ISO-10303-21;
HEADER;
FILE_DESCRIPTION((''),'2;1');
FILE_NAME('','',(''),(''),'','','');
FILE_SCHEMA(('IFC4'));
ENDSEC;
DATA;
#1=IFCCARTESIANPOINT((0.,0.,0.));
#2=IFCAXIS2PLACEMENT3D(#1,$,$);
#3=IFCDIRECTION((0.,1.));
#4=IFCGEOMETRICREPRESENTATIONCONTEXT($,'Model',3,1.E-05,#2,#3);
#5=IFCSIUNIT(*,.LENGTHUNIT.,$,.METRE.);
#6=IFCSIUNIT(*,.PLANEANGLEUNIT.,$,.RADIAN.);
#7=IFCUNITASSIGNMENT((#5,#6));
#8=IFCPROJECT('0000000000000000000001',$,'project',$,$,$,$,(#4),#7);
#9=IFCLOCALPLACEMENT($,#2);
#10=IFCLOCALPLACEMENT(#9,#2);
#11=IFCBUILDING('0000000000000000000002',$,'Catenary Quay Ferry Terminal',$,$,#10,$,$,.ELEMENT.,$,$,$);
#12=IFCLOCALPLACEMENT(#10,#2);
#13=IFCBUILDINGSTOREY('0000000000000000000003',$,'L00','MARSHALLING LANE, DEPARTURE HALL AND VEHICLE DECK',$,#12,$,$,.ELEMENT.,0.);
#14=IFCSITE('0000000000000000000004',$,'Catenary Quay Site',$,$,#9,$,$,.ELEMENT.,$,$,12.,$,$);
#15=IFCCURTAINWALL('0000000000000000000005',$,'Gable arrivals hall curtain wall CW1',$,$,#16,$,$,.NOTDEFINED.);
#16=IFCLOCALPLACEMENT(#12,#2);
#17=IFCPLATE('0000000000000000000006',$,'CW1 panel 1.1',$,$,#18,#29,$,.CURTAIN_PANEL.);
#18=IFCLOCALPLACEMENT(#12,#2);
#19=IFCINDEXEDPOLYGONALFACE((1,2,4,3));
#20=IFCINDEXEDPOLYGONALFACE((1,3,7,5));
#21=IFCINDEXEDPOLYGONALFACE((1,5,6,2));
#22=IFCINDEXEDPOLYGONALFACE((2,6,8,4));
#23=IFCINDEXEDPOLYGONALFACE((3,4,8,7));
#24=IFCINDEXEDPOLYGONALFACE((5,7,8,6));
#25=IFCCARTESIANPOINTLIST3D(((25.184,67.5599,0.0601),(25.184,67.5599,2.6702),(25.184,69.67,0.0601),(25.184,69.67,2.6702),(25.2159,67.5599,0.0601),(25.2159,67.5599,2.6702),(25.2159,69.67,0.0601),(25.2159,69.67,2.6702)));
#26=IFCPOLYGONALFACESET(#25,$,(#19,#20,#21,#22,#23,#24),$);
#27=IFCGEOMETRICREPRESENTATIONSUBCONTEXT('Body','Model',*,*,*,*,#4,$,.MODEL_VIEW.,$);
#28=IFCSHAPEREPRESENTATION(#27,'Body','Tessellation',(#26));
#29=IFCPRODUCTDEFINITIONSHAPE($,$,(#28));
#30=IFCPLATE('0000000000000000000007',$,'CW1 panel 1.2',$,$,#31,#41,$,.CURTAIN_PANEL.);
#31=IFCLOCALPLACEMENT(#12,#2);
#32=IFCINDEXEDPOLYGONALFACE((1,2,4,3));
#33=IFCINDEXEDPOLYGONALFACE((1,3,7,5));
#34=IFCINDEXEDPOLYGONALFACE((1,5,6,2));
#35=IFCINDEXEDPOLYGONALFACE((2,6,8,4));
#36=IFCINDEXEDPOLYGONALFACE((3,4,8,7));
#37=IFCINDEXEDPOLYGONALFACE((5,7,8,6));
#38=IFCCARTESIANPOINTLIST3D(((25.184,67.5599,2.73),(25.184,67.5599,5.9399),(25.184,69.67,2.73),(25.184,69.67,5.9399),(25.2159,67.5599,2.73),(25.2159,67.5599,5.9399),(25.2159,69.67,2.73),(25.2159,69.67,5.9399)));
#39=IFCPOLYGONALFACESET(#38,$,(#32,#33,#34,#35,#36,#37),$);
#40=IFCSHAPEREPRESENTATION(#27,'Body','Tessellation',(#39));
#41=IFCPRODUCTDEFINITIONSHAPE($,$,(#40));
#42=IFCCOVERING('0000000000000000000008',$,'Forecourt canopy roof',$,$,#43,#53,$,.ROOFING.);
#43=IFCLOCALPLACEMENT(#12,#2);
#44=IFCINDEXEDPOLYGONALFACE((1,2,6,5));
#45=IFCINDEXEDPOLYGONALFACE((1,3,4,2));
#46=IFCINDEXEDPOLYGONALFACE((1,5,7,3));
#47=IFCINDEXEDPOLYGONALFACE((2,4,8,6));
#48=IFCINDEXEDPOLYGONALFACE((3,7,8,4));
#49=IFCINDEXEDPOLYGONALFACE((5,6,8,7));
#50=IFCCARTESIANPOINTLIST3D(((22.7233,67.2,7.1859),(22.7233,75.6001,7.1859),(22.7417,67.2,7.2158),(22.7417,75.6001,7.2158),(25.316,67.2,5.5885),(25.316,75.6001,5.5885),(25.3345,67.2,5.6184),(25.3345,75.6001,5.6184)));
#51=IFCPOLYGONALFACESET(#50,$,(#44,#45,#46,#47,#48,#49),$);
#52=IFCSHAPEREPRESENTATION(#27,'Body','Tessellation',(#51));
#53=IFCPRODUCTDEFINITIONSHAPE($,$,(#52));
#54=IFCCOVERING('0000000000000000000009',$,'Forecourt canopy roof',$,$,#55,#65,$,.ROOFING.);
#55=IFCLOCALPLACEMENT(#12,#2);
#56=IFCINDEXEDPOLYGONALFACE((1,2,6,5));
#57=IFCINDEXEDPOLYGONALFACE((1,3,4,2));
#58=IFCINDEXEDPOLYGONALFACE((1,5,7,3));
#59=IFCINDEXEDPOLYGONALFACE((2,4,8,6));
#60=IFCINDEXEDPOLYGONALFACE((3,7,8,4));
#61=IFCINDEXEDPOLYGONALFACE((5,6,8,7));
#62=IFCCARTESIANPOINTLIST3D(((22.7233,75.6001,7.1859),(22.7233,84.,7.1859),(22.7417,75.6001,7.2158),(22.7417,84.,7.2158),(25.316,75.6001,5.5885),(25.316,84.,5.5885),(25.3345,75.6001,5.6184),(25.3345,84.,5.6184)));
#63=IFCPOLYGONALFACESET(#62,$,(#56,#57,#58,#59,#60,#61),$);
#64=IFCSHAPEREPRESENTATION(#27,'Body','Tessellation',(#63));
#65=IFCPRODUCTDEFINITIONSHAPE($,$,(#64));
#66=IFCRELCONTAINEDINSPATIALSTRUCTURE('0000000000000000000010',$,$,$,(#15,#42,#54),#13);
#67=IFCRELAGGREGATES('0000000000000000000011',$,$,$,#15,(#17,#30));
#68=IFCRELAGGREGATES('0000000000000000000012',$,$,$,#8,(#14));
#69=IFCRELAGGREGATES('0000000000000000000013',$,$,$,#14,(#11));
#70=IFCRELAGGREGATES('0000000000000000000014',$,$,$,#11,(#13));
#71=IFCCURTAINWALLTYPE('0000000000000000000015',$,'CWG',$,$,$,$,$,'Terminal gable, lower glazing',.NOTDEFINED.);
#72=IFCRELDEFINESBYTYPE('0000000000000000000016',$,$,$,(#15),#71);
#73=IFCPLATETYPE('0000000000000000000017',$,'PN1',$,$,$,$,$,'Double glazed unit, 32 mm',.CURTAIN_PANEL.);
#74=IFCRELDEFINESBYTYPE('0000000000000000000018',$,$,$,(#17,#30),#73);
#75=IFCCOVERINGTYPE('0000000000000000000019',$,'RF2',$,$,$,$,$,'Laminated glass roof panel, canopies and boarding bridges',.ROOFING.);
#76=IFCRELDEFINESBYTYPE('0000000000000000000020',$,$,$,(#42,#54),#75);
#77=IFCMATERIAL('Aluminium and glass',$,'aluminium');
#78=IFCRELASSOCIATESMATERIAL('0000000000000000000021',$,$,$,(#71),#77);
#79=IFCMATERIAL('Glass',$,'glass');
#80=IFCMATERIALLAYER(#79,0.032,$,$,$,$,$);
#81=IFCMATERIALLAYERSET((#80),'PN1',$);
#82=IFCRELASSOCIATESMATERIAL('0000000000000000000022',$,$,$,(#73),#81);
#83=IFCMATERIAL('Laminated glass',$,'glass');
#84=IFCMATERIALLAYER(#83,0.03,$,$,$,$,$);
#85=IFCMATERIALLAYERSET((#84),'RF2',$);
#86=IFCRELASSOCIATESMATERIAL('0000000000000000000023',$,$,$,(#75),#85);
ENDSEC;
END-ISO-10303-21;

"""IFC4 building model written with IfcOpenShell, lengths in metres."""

from ifc_helpers import new_model, si_unit, direction, frame, origin, origin_2d, place, context, subcontext, project, spatial, polyline, rectangle, outline, extrude, material, layer, layer_set, type_object, element, aggregate, save


model = new_model("IFC4")

# Units and contexts
model_context = context("Model", 3, precision=1e-05, world=origin(), true_north=direction((0.0, 1.0)))
body_context = subcontext(model_context, "Body", "Model", "MODEL_VIEW")
ifc_project = project(units=[si_unit("LENGTHUNIT", "METRE"), si_unit("PLANEANGLEUNIT", "RADIAN")], contexts=[model_context])

# Site, building, storey
site_placement = place(None, origin())
site = spatial("IfcSite", under=ifc_project, at=site_placement, Name="Catenary Quay Site", CompositionType="ELEMENT", RefElevation=12.0)
building_placement = place(site_placement, origin())
building = spatial("IfcBuilding", under=site, at=building_placement, Name="Catenary Quay Ferry Terminal", CompositionType="ELEMENT")
storey_placement = place(building_placement, origin())
storey = spatial("IfcBuildingStorey", under=building, at=storey_placement, Name="L00", Description="MARSHALLING LANE, DEPARTURE HALL AND VEHICLE DECK", CompositionType="ELEMENT", Elevation=0.0)

# Curtain wall
ifc_material_1 = material(Name="Aluminium and glass", Category="aluminium")
curtain_wall_type = type_object("IfcCurtainWallType", Name="CWG", ElementType="Terminal gable, lower glazing", PredefinedType="NOTDEFINED", material=ifc_material_1)
curtain_wall_placement = place(storey_placement, origin())
curtain_wall = element("IfcCurtainWall", 1, at=curtain_wall_placement, inside=storey, type_object=curtain_wall_type, Name="Gable arrivals hall curtain wall CW1", PredefinedType="NOTDEFINED")

# Plates
ifc_material_2 = material(Name="Glass", Category="glass")
ifc_layer_1 = layer(ifc_material_2, 0.032)
ifc_layer_set_1 = layer_set([ifc_layer_1], Name="PN1")
plate_type = type_object("IfcPlateType", Name="PN1", ElementType="Double glazed unit, 32 mm", PredefinedType="CURTAIN_PANEL", material=ifc_layer_set_1)
plate_1_placement = place(storey_placement, frame((25.2, 68.615, 0.0601), z_axis=(0.0, 0.0, 1.0), x_axis=(0.0, 1.0, 0.0)))
plate_1 = element("IfcPlate", 2, at=plate_1_placement, type_object=plate_type, Name="CW1 panel 1.1", PredefinedType="CURTAIN_PANEL", context=body_context, shape_type="SweptSolid", body=[
    extrude(rectangle(XDim=2.1101, YDim=0.032, at=origin_2d()), origin(), (0.0, 0.0, 1.0), 2.6101),
])
plate_2_placement = place(storey_placement, frame((25.2, 68.615, 2.73), z_axis=(0.0, 0.0, 1.0), x_axis=(0.0, 1.0, 0.0)))
plate_2 = element("IfcPlate", 3, at=plate_2_placement, type_object=plate_type, Name="CW1 panel 1.2", PredefinedType="CURTAIN_PANEL", context=body_context, shape_type="SweptSolid", body=[
    extrude(rectangle(XDim=2.1101, YDim=0.032, at=origin_2d()), origin(), (0.0, 0.0, 1.0), 3.21),
])
aggregate(curtain_wall, [plate_1, plate_2])

# Coverings
ifc_material_3 = material(Name="Laminated glass", Category="glass")
ifc_layer_2 = layer(ifc_material_3, 0.03)
ifc_layer_set_2 = layer_set([ifc_layer_2], Name="RF2")
covering_type = type_object("IfcCoveringType", Name="RF2", ElementType="Laminated glass roof panel, canopies and boarding bridges", PredefinedType="ROOFING", material=ifc_layer_set_2)
covering_1_placement = place(storey_placement, frame((22.7417, 67.2, 7.2158), z_axis=(0.52454, 0.0, 0.851386), x_axis=(0.0, 1.0, 0.0)))
element("IfcCovering", 4, at=covering_1_placement, inside=storey, type_object=covering_type, Name="Forecourt canopy roof", PredefinedType="ROOFING", context=body_context, shape_type="SweptSolid", body=[
    extrude(outline(polyline([(0.0, 0.0), (8.4001, 0.0), (8.4001, -3.0454), (0.0, -3.0454), (0.0, 0.0)])), origin(), (0.0, 0.0, -1.0), 0.0352),
])
covering_2_placement = place(storey_placement, frame((22.7417, 75.6001, 7.2158), z_axis=(0.52454, 0.0, 0.851386), x_axis=(0.0, 1.0, 0.0)))
element("IfcCovering", 5, at=covering_2_placement, inside=storey, type_object=covering_type, Name="Forecourt canopy roof", PredefinedType="ROOFING", context=body_context, shape_type="SweptSolid", body=[
    extrude(outline(polyline([(0.0, 0.0), (8.3999, 0.0), (8.3999, -3.0454), (0.0, -3.0454), (0.0, 0.0)])), origin(), (0.0, 0.0, -1.0), 0.0352),
])

save(model, "model.ifc")
